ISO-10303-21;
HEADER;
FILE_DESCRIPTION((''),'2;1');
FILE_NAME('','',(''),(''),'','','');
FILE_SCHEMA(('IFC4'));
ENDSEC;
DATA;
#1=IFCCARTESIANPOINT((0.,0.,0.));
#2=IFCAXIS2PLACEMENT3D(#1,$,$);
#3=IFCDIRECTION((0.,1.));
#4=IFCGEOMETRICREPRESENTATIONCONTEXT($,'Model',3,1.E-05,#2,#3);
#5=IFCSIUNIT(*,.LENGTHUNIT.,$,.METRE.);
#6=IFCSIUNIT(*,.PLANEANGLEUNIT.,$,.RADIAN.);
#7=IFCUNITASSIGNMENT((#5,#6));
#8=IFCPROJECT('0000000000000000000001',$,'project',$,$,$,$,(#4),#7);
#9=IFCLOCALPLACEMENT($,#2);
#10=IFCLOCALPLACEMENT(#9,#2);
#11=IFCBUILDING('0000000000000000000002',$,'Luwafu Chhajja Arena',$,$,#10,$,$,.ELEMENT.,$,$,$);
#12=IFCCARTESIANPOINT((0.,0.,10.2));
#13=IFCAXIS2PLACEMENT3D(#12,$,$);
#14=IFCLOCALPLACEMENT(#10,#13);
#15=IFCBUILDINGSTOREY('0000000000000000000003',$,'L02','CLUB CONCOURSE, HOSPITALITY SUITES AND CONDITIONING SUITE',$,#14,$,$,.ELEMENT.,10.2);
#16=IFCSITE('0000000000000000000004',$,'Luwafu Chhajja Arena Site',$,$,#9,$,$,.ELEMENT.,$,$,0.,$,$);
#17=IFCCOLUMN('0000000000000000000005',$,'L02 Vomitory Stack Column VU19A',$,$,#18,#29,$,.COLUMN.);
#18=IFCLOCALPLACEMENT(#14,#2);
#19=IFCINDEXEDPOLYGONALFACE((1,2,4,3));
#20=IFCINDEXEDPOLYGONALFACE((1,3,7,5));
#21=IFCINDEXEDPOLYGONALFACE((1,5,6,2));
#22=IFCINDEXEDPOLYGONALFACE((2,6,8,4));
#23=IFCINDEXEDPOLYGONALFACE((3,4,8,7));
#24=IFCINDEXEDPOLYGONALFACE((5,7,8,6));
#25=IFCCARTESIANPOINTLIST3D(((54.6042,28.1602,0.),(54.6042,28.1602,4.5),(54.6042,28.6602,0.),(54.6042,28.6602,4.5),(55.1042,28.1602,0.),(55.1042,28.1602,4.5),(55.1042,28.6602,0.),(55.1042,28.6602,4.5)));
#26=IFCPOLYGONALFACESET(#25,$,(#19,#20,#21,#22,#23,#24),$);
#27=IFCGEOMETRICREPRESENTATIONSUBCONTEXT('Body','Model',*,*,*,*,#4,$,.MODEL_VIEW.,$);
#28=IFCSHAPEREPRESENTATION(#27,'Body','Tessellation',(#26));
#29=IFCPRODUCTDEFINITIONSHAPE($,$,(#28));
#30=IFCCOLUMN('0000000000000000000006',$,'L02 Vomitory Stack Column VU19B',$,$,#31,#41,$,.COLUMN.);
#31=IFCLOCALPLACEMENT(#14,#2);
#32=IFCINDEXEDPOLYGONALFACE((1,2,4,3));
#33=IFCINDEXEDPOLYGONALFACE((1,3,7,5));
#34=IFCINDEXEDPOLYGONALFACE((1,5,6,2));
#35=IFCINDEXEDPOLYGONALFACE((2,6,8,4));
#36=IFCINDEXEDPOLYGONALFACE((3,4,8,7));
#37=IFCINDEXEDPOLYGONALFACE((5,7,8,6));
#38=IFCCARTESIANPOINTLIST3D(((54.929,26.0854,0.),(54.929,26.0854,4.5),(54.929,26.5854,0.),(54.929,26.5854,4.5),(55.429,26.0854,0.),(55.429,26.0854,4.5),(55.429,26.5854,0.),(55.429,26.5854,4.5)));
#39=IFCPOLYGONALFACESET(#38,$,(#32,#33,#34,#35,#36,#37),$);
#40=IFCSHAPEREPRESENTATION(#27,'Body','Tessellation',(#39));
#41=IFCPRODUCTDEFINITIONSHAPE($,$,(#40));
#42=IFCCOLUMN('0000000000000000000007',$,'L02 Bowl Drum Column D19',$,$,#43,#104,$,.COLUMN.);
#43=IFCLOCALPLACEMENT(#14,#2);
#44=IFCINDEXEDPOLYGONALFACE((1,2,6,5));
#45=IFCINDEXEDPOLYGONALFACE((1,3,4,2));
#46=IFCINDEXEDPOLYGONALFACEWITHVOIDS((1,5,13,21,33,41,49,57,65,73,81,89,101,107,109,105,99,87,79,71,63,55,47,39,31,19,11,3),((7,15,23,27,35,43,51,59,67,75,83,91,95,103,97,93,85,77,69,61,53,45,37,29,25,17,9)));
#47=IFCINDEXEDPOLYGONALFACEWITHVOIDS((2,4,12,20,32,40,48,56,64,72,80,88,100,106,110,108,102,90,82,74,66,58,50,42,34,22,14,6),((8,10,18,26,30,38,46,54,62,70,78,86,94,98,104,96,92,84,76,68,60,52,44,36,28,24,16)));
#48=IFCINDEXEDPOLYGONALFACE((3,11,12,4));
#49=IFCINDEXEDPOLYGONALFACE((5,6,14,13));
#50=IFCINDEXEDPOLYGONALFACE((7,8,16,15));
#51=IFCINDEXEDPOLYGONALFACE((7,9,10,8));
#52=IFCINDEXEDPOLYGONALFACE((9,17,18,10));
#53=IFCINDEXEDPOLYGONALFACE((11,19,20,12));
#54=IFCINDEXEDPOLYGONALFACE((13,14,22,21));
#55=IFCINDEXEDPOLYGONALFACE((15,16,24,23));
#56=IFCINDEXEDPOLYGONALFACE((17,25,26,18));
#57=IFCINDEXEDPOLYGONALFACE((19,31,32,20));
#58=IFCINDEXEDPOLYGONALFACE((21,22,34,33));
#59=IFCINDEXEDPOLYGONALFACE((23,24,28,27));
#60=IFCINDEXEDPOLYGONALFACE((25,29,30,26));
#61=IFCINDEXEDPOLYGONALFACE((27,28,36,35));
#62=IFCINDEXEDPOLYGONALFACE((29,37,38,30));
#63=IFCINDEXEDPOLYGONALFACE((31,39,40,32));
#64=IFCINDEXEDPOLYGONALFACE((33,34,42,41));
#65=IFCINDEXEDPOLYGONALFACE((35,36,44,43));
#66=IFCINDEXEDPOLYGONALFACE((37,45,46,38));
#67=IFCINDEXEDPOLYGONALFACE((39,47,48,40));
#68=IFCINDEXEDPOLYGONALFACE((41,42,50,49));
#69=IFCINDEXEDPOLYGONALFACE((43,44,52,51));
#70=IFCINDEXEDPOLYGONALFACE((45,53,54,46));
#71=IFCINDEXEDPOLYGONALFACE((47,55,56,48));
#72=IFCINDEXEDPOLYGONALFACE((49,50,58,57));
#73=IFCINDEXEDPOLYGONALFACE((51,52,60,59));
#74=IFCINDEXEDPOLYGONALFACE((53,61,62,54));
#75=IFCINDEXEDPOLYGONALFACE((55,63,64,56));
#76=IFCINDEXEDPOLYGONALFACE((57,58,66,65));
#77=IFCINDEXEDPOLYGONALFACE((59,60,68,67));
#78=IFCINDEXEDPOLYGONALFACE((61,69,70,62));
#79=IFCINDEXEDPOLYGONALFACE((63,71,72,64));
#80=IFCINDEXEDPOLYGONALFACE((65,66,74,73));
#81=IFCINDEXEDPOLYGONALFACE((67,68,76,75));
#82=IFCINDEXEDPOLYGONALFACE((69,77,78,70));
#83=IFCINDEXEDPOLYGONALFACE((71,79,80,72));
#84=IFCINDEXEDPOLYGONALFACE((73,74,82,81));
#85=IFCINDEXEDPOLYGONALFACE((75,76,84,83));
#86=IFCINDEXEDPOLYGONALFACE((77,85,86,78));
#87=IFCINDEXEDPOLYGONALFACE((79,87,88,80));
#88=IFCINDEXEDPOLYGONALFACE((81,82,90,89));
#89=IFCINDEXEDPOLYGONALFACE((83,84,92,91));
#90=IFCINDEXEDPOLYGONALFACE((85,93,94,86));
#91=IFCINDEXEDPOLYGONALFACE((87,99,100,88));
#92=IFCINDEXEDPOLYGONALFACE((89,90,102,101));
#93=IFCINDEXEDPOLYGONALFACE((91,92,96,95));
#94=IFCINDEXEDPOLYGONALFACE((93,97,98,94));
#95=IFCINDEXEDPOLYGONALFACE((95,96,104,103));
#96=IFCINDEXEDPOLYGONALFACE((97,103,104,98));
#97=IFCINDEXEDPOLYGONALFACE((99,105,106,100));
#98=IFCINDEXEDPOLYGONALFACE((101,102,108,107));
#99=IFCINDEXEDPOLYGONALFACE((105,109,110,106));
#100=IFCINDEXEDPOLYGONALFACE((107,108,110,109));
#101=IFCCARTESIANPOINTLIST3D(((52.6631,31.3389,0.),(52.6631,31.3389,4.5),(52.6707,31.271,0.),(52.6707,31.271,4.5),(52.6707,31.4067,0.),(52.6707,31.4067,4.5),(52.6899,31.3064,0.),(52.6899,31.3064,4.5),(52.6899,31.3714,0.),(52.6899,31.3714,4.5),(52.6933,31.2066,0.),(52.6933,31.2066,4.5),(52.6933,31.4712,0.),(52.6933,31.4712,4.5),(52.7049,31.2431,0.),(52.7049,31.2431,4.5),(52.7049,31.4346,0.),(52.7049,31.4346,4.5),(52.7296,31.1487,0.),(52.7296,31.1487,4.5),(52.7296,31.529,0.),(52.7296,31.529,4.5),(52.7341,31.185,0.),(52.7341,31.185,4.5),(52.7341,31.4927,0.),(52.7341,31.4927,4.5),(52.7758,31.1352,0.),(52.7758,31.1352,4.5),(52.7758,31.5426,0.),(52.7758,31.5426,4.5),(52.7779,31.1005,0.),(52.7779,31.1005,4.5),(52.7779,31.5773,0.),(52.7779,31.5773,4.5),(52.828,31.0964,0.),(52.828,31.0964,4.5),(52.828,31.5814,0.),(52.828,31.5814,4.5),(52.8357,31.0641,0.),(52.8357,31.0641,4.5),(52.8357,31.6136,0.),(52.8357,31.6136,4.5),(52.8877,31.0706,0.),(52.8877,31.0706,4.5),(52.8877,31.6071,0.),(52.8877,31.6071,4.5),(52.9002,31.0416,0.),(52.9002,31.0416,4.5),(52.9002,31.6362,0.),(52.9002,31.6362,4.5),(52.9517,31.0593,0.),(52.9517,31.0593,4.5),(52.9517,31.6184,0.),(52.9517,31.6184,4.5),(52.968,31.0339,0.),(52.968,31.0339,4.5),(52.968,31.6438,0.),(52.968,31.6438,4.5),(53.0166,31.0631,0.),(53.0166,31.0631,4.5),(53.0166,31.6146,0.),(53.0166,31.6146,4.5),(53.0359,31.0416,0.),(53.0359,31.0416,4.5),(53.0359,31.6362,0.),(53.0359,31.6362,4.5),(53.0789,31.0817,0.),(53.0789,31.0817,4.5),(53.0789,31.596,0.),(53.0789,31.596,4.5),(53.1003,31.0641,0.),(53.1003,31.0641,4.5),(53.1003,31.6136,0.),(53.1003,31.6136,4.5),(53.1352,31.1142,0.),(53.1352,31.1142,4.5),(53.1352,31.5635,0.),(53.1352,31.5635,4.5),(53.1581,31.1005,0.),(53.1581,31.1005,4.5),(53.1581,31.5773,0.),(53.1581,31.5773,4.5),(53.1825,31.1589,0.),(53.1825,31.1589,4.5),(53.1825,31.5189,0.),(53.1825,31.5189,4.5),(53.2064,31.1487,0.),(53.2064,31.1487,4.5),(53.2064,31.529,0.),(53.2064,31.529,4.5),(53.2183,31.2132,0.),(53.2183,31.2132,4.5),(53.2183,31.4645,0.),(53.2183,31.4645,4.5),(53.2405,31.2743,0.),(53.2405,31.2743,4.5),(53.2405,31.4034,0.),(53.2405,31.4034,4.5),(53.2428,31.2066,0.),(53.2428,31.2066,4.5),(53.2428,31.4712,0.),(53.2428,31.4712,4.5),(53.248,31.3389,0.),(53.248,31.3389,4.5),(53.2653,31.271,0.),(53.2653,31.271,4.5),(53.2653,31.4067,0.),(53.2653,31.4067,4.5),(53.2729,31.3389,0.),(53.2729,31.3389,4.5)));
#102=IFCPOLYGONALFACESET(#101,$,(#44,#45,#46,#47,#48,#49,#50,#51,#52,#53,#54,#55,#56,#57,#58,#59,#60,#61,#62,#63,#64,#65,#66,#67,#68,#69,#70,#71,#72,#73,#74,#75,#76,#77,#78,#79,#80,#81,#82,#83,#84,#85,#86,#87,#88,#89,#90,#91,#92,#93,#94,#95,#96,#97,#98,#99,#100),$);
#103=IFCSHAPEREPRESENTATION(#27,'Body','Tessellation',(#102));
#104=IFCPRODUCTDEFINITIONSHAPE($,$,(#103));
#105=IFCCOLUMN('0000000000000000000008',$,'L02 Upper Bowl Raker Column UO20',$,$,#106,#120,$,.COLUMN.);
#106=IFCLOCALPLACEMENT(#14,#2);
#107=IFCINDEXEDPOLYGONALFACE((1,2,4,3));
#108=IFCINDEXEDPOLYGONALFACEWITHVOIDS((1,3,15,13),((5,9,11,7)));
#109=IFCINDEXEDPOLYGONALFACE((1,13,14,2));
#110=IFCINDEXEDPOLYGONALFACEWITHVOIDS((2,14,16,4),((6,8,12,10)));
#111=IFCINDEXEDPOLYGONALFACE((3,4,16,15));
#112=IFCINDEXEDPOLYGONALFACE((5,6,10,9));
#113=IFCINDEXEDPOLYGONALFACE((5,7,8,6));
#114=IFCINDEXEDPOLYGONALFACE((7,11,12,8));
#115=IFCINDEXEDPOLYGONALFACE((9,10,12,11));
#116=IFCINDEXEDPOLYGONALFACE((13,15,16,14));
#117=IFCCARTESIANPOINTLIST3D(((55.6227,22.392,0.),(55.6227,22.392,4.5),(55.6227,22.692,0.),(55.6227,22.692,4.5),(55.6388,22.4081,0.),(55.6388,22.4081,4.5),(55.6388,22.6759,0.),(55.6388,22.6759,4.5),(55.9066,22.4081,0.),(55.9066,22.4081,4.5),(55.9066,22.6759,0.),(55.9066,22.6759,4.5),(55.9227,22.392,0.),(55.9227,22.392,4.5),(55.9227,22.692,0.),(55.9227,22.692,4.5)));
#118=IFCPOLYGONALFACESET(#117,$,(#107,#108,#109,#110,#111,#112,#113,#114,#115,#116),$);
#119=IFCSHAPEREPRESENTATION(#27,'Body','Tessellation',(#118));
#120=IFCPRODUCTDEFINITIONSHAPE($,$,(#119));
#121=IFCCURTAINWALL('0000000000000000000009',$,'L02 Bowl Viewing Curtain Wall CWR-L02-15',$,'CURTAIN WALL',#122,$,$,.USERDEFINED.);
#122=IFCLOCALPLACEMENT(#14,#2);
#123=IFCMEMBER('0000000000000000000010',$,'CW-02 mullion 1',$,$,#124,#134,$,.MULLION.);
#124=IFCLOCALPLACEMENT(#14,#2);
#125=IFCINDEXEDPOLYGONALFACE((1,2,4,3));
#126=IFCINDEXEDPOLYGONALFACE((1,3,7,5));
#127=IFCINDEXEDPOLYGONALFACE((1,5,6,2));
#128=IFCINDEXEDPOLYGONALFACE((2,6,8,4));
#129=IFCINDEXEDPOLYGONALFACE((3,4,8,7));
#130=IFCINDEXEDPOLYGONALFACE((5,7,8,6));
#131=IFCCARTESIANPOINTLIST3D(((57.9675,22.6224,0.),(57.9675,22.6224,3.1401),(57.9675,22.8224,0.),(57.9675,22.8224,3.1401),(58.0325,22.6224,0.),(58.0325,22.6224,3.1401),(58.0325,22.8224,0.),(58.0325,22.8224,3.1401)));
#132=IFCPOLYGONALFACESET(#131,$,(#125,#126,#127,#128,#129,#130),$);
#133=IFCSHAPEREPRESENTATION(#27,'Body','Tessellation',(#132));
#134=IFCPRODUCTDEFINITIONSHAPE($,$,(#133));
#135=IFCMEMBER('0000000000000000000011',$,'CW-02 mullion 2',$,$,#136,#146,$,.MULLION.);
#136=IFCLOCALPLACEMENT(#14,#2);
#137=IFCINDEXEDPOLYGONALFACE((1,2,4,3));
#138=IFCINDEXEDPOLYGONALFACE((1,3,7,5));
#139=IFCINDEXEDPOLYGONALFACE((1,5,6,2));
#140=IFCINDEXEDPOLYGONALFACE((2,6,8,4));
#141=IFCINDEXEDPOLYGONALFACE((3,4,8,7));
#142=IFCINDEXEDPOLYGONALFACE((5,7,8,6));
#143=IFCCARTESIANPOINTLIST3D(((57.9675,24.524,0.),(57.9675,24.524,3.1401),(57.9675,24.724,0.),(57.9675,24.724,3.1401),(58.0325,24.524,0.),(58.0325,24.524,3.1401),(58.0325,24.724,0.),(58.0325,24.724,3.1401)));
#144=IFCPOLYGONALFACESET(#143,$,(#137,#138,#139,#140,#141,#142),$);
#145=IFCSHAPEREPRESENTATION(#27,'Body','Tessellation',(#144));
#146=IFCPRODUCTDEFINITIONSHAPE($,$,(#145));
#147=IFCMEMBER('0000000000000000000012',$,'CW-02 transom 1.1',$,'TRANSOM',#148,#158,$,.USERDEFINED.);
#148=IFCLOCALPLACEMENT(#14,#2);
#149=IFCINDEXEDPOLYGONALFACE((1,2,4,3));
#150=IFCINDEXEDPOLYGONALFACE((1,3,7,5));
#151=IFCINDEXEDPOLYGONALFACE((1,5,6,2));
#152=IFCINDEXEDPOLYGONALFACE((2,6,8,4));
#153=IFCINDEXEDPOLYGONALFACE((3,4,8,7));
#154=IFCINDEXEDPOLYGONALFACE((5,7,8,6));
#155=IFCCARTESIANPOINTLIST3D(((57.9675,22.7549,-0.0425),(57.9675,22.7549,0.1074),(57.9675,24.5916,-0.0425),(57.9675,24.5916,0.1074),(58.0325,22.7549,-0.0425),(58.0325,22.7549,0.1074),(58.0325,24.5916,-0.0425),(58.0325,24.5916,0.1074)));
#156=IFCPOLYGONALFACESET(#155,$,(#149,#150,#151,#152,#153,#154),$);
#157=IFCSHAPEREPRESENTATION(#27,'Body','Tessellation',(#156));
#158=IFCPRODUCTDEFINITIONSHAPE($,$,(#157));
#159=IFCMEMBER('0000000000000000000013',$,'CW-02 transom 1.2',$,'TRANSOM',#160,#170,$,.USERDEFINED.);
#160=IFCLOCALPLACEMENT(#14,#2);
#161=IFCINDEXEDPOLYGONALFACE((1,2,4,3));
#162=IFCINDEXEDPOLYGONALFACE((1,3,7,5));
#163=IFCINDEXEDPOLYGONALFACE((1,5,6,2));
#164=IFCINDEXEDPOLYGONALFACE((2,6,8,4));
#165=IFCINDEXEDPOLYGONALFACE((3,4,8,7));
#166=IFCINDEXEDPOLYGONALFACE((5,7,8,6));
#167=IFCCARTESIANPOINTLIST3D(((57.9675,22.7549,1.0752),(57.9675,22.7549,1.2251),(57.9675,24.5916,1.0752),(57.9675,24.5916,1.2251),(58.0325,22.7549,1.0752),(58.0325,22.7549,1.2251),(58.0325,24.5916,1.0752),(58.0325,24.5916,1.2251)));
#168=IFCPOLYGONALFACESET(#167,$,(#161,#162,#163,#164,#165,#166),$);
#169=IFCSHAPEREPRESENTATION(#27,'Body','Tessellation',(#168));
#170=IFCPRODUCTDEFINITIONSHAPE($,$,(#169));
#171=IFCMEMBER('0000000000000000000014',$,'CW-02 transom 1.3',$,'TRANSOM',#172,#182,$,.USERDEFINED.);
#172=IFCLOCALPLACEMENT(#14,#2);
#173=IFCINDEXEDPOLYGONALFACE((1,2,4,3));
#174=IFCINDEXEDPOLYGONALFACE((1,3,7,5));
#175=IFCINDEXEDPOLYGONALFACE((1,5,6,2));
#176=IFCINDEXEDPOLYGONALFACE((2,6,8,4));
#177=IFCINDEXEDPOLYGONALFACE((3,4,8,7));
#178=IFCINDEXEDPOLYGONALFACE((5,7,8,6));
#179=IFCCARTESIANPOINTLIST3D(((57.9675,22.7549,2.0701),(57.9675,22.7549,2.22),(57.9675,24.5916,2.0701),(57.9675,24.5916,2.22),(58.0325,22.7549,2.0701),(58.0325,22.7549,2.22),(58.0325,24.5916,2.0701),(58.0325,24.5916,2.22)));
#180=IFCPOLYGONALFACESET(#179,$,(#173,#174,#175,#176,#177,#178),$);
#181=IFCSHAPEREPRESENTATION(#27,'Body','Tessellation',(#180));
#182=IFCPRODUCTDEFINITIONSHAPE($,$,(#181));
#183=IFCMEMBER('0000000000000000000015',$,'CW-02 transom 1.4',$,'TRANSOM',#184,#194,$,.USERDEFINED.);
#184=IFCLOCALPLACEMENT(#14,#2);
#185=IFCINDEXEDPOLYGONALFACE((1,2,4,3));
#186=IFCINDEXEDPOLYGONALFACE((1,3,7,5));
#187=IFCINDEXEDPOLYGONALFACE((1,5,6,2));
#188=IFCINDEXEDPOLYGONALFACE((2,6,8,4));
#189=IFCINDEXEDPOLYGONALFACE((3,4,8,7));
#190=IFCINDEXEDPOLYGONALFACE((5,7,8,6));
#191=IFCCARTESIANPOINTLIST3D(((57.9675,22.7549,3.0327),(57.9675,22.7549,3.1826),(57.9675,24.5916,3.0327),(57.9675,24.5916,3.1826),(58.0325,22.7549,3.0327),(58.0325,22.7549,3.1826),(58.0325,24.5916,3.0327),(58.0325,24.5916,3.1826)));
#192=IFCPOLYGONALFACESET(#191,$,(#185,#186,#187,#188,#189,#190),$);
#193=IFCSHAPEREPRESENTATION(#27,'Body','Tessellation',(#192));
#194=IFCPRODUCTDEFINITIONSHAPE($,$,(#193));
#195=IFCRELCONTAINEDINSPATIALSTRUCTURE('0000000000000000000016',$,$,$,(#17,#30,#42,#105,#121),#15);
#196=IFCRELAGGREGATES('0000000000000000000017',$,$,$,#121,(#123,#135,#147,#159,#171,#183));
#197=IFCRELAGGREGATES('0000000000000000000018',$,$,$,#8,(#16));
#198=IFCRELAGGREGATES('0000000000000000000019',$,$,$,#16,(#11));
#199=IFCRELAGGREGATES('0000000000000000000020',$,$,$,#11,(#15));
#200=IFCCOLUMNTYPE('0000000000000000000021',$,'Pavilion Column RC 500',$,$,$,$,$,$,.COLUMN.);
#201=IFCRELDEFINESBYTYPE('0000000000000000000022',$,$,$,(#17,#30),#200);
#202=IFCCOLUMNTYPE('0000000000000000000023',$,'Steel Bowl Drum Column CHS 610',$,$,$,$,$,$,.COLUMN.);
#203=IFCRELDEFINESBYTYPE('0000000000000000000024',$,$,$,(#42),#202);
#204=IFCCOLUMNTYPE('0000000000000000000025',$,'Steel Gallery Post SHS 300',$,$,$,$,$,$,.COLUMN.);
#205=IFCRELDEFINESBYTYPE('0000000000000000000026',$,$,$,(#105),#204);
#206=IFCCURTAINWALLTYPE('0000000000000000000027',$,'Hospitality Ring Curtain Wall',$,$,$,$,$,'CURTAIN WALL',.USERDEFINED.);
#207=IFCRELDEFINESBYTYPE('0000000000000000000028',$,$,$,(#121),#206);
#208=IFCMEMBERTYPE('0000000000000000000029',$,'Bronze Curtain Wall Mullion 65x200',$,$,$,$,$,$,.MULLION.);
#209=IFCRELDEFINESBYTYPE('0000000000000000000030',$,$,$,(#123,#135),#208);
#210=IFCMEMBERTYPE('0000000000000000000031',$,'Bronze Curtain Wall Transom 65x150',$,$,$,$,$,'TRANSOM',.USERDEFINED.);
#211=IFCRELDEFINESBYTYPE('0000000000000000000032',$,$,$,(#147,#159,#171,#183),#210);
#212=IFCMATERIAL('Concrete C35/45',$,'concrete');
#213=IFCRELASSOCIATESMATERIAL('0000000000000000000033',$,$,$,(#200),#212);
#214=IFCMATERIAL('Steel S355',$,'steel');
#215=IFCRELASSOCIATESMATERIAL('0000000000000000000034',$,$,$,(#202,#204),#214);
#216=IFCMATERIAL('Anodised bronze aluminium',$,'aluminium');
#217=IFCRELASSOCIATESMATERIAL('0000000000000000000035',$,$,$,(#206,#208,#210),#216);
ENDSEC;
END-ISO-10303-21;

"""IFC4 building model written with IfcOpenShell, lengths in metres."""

from ifc_helpers import new_model, si_unit, direction, frame, origin, origin_2d, place, context, subcontext, project, spatial, rectangle, hollow_rectangle, hollow_circle, extrude, material, material_profile, profile_set, type_object, element, aggregate, save


model = new_model("IFC4")

# Units and contexts
model_context = context("Model", 3, precision=1e-05, world=origin(), true_north=direction((0.0, 1.0)))
body_context = subcontext(model_context, "Body", "Model", "MODEL_VIEW")
ifc_project = project(units=[si_unit("LENGTHUNIT", "METRE"), si_unit("PLANEANGLEUNIT", "RADIAN")], contexts=[model_context])

# Site, building, storey
site_placement = place(None, origin())
site = spatial("IfcSite", under=ifc_project, at=site_placement, Name="Luwafu Chhajja Arena Site", CompositionType="ELEMENT", RefElevation=0.0)
building_placement = place(site_placement, origin())
building = spatial("IfcBuilding", under=site, at=building_placement, Name="Luwafu Chhajja Arena", CompositionType="ELEMENT")
storey_placement = place(building_placement, frame((0.0, 0.0, 10.2)))
storey = spatial("IfcBuildingStorey", under=building, at=storey_placement, Name="L02", Description="CLUB CONCOURSE, HOSPITALITY SUITES AND CONDITIONING SUITE", CompositionType="ELEMENT", Elevation=10.2)

# Columns
ifc_material_1 = material(Name="Concrete C35/45", Category="concrete")
ifc_material_profile_1 = material_profile(ifc_material_1, rectangle(XDim=0.5, YDim=0.5, at=origin_2d()), Name="RC 500x500")
ifc_profile_set_1 = profile_set([ifc_material_profile_1], Name="Concrete C35/45")
column_type_1 = type_object("IfcColumnType", Name="Pavilion Column RC 500", PredefinedType="COLUMN", material=ifc_profile_set_1)
for number, where, z_axis, x_axis, name in (
    (1, (54.8542, 28.4102, 0.0), (0.0, 0.0, 1.0), (1.0, 0.0, 0.0), "L02 Vomitory Stack Column VU19A"),
    (2, (55.179, 26.3354, 0.0), (0.0, 0.0, 1.0), (1.0, 0.0, 0.0), "L02 Vomitory Stack Column VU19B"),
):
    element("IfcColumn", number, at=place(storey_placement, frame(where, z_axis=z_axis, x_axis=x_axis)), inside=storey, type_object=column_type_1, Name=name, PredefinedType="COLUMN", context=body_context, shape_type="SweptSolid", body=[
        extrude(rectangle(XDim=0.5, YDim=0.5, at=origin_2d()), origin(), (0.0, 0.0, 1.0), 4.5),
    ])
ifc_material_2 = material(Name="Steel S355", Category="steel")
ifc_material_profile_2 = material_profile(ifc_material_2, hollow_circle(Radius=0.3049, WallThickness=0.0249, at=origin_2d()), Name="CHS 610x25")
ifc_profile_set_2 = profile_set([ifc_material_profile_2], Name="Steel S355")
column_type_2 = type_object("IfcColumnType", Name="Steel Bowl Drum Column CHS 610", PredefinedType="COLUMN", material=ifc_profile_set_2)
column_1_placement = place(storey_placement, frame((52.968, 31.3389, 0.0), z_axis=(0.0, 0.0, 1.0), x_axis=(1.0, 0.0, 0.0)))
element("IfcColumn", 3, at=column_1_placement, inside=storey, type_object=column_type_2, Name="L02 Bowl Drum Column D19", PredefinedType="COLUMN", context=body_context, shape_type="SweptSolid", body=[
    extrude(hollow_circle(Radius=0.3049, WallThickness=0.0249, at=origin_2d()), origin(), (0.0, 0.0, 1.0), 4.5),
])
ifc_material_profile_3 = material_profile(ifc_material_2, hollow_rectangle(XDim=0.3, YDim=0.3, WallThickness=0.0161, at=origin_2d()), Name="SHS 300x300x16")
ifc_profile_set_3 = profile_set([ifc_material_profile_3], Name="Steel S355")
column_type_3 = type_object("IfcColumnType", Name="Steel Gallery Post SHS 300", PredefinedType="COLUMN", material=ifc_profile_set_3)
column_2_placement = place(storey_placement, frame((55.7727, 22.542, 0.0), z_axis=(0.0, 0.0, 1.0), x_axis=(1.0, 0.0, 0.0)))
element("IfcColumn", 4, at=column_2_placement, inside=storey, type_object=column_type_3, Name="L02 Upper Bowl Raker Column UO20", PredefinedType="COLUMN", context=body_context, shape_type="SweptSolid", body=[
    extrude(hollow_rectangle(XDim=0.3, YDim=0.3, WallThickness=0.0161, at=origin_2d()), origin(), (0.0, 0.0, 1.0), 4.5),
])

# Curtain wall, members
ifc_material_3 = material(Name="Anodised bronze aluminium", Category="aluminium")
curtain_wall_type = type_object("IfcCurtainWallType", Name="Hospitality Ring Curtain Wall", ElementType="CURTAIN WALL", PredefinedType="USERDEFINED", material=ifc_material_3)
curtain_wall_placement = place(storey_placement, origin())
curtain_wall = element("IfcCurtainWall", 5, at=curtain_wall_placement, inside=storey, type_object=curtain_wall_type, Name="L02 Bowl Viewing Curtain Wall CWR-L02-15", ObjectType="CURTAIN WALL", PredefinedType="USERDEFINED")
ifc_material_profile_4 = material_profile(ifc_material_3, rectangle(XDim=0.0649, YDim=0.2, at=origin_2d()), Name="CWM 65x200")
ifc_profile_set_4 = profile_set([ifc_material_profile_4], Name="Anodised bronze aluminium")
member_type_1 = type_object("IfcMemberType", Name="Bronze Curtain Wall Mullion 65x200", PredefinedType="MULLION", material=ifc_profile_set_4)
member_1_placement = place(storey_placement, frame((58.0, 22.7224, 0.0), z_axis=(0.0, 0.0, 1.0), x_axis=(-1.0, 0.0, 0.0)))
member_1 = element("IfcMember", 6, at=member_1_placement, type_object=member_type_1, Name="CW-02 mullion 1", PredefinedType="MULLION", context=body_context, shape_type="SweptSolid", body=[
    extrude(rectangle(XDim=0.0649, YDim=0.2, at=origin_2d()), origin(), (0.0, 0.0, 1.0), 3.1401),
])
member_2_placement = place(storey_placement, frame((58.0, 24.624, 0.0), z_axis=(0.0, 0.0, 1.0), x_axis=(-1.0, 0.0, 0.0)))
member_2 = element("IfcMember", 7, at=member_2_placement, type_object=member_type_1, Name="CW-02 mullion 2", PredefinedType="MULLION", context=body_context, shape_type="SweptSolid", body=[
    extrude(rectangle(XDim=0.0649, YDim=0.2, at=origin_2d()), origin(), (0.0, 0.0, 1.0), 3.1401),
])
ifc_material_profile_5 = material_profile(ifc_material_3, rectangle(XDim=0.0649, YDim=0.1499, at=origin_2d()), Name="CWT 65x150")
ifc_profile_set_5 = profile_set([ifc_material_profile_5], Name="Anodised bronze aluminium")
member_type_2 = type_object("IfcMemberType", Name="Bronze Curtain Wall Transom 65x150", ElementType="TRANSOM", PredefinedType="USERDEFINED", material=ifc_profile_set_5)
member_3_placement = place(storey_placement, frame((58.0, 22.7549, 0.0325), z_axis=(0.0, 1.0, 0.0), x_axis=(-1.0, 0.0, 0.0)))
member_3 = element("IfcMember", 8, at=member_3_placement, type_object=member_type_2, Name="CW-02 transom 1.1", ObjectType="TRANSOM", PredefinedType="USERDEFINED", context=body_context, shape_type="SweptSolid", body=[
    extrude(rectangle(XDim=0.0649, YDim=0.1499, at=origin_2d()), origin(), (0.0, 0.0, 1.0), 1.8367),
])
member_4_placement = place(storey_placement, frame((58.0, 22.7549, 1.1501), z_axis=(0.0, 1.0, 0.0), x_axis=(-1.0, 0.0, 0.0)))
member_4 = element("IfcMember", 9, at=member_4_placement, type_object=member_type_2, Name="CW-02 transom 1.2", ObjectType="TRANSOM", PredefinedType="USERDEFINED", context=body_context, shape_type="SweptSolid", body=[
    extrude(rectangle(XDim=0.0649, YDim=0.1499, at=origin_2d()), origin(), (0.0, 0.0, 1.0), 1.8367),
])
member_5_placement = place(storey_placement, frame((58.0, 22.7549, 2.145), z_axis=(0.0, 1.0, 0.0), x_axis=(-1.0, 0.0, 0.0)))
member_5 = element("IfcMember", 10, at=member_5_placement, type_object=member_type_2, Name="CW-02 transom 1.3", ObjectType="TRANSOM", PredefinedType="USERDEFINED", context=body_context, shape_type="SweptSolid", body=[
    extrude(rectangle(XDim=0.0649, YDim=0.1499, at=origin_2d()), origin(), (0.0, 0.0, 1.0), 1.8367),
])
member_6_placement = place(storey_placement, frame((58.0, 22.7549, 3.1077), z_axis=(0.0, 1.0, 0.0), x_axis=(-1.0, 0.0, 0.0)))
member_6 = element("IfcMember", 11, at=member_6_placement, type_object=member_type_2, Name="CW-02 transom 1.4", ObjectType="TRANSOM", PredefinedType="USERDEFINED", context=body_context, shape_type="SweptSolid", body=[
    extrude(rectangle(XDim=0.0649, YDim=0.1499, at=origin_2d()), origin(), (0.0, 0.0, 1.0), 1.8367),
])

aggregate(curtain_wall, [member_1, member_2, member_3, member_4, member_5, member_6])

save(model, "model.ifc")
